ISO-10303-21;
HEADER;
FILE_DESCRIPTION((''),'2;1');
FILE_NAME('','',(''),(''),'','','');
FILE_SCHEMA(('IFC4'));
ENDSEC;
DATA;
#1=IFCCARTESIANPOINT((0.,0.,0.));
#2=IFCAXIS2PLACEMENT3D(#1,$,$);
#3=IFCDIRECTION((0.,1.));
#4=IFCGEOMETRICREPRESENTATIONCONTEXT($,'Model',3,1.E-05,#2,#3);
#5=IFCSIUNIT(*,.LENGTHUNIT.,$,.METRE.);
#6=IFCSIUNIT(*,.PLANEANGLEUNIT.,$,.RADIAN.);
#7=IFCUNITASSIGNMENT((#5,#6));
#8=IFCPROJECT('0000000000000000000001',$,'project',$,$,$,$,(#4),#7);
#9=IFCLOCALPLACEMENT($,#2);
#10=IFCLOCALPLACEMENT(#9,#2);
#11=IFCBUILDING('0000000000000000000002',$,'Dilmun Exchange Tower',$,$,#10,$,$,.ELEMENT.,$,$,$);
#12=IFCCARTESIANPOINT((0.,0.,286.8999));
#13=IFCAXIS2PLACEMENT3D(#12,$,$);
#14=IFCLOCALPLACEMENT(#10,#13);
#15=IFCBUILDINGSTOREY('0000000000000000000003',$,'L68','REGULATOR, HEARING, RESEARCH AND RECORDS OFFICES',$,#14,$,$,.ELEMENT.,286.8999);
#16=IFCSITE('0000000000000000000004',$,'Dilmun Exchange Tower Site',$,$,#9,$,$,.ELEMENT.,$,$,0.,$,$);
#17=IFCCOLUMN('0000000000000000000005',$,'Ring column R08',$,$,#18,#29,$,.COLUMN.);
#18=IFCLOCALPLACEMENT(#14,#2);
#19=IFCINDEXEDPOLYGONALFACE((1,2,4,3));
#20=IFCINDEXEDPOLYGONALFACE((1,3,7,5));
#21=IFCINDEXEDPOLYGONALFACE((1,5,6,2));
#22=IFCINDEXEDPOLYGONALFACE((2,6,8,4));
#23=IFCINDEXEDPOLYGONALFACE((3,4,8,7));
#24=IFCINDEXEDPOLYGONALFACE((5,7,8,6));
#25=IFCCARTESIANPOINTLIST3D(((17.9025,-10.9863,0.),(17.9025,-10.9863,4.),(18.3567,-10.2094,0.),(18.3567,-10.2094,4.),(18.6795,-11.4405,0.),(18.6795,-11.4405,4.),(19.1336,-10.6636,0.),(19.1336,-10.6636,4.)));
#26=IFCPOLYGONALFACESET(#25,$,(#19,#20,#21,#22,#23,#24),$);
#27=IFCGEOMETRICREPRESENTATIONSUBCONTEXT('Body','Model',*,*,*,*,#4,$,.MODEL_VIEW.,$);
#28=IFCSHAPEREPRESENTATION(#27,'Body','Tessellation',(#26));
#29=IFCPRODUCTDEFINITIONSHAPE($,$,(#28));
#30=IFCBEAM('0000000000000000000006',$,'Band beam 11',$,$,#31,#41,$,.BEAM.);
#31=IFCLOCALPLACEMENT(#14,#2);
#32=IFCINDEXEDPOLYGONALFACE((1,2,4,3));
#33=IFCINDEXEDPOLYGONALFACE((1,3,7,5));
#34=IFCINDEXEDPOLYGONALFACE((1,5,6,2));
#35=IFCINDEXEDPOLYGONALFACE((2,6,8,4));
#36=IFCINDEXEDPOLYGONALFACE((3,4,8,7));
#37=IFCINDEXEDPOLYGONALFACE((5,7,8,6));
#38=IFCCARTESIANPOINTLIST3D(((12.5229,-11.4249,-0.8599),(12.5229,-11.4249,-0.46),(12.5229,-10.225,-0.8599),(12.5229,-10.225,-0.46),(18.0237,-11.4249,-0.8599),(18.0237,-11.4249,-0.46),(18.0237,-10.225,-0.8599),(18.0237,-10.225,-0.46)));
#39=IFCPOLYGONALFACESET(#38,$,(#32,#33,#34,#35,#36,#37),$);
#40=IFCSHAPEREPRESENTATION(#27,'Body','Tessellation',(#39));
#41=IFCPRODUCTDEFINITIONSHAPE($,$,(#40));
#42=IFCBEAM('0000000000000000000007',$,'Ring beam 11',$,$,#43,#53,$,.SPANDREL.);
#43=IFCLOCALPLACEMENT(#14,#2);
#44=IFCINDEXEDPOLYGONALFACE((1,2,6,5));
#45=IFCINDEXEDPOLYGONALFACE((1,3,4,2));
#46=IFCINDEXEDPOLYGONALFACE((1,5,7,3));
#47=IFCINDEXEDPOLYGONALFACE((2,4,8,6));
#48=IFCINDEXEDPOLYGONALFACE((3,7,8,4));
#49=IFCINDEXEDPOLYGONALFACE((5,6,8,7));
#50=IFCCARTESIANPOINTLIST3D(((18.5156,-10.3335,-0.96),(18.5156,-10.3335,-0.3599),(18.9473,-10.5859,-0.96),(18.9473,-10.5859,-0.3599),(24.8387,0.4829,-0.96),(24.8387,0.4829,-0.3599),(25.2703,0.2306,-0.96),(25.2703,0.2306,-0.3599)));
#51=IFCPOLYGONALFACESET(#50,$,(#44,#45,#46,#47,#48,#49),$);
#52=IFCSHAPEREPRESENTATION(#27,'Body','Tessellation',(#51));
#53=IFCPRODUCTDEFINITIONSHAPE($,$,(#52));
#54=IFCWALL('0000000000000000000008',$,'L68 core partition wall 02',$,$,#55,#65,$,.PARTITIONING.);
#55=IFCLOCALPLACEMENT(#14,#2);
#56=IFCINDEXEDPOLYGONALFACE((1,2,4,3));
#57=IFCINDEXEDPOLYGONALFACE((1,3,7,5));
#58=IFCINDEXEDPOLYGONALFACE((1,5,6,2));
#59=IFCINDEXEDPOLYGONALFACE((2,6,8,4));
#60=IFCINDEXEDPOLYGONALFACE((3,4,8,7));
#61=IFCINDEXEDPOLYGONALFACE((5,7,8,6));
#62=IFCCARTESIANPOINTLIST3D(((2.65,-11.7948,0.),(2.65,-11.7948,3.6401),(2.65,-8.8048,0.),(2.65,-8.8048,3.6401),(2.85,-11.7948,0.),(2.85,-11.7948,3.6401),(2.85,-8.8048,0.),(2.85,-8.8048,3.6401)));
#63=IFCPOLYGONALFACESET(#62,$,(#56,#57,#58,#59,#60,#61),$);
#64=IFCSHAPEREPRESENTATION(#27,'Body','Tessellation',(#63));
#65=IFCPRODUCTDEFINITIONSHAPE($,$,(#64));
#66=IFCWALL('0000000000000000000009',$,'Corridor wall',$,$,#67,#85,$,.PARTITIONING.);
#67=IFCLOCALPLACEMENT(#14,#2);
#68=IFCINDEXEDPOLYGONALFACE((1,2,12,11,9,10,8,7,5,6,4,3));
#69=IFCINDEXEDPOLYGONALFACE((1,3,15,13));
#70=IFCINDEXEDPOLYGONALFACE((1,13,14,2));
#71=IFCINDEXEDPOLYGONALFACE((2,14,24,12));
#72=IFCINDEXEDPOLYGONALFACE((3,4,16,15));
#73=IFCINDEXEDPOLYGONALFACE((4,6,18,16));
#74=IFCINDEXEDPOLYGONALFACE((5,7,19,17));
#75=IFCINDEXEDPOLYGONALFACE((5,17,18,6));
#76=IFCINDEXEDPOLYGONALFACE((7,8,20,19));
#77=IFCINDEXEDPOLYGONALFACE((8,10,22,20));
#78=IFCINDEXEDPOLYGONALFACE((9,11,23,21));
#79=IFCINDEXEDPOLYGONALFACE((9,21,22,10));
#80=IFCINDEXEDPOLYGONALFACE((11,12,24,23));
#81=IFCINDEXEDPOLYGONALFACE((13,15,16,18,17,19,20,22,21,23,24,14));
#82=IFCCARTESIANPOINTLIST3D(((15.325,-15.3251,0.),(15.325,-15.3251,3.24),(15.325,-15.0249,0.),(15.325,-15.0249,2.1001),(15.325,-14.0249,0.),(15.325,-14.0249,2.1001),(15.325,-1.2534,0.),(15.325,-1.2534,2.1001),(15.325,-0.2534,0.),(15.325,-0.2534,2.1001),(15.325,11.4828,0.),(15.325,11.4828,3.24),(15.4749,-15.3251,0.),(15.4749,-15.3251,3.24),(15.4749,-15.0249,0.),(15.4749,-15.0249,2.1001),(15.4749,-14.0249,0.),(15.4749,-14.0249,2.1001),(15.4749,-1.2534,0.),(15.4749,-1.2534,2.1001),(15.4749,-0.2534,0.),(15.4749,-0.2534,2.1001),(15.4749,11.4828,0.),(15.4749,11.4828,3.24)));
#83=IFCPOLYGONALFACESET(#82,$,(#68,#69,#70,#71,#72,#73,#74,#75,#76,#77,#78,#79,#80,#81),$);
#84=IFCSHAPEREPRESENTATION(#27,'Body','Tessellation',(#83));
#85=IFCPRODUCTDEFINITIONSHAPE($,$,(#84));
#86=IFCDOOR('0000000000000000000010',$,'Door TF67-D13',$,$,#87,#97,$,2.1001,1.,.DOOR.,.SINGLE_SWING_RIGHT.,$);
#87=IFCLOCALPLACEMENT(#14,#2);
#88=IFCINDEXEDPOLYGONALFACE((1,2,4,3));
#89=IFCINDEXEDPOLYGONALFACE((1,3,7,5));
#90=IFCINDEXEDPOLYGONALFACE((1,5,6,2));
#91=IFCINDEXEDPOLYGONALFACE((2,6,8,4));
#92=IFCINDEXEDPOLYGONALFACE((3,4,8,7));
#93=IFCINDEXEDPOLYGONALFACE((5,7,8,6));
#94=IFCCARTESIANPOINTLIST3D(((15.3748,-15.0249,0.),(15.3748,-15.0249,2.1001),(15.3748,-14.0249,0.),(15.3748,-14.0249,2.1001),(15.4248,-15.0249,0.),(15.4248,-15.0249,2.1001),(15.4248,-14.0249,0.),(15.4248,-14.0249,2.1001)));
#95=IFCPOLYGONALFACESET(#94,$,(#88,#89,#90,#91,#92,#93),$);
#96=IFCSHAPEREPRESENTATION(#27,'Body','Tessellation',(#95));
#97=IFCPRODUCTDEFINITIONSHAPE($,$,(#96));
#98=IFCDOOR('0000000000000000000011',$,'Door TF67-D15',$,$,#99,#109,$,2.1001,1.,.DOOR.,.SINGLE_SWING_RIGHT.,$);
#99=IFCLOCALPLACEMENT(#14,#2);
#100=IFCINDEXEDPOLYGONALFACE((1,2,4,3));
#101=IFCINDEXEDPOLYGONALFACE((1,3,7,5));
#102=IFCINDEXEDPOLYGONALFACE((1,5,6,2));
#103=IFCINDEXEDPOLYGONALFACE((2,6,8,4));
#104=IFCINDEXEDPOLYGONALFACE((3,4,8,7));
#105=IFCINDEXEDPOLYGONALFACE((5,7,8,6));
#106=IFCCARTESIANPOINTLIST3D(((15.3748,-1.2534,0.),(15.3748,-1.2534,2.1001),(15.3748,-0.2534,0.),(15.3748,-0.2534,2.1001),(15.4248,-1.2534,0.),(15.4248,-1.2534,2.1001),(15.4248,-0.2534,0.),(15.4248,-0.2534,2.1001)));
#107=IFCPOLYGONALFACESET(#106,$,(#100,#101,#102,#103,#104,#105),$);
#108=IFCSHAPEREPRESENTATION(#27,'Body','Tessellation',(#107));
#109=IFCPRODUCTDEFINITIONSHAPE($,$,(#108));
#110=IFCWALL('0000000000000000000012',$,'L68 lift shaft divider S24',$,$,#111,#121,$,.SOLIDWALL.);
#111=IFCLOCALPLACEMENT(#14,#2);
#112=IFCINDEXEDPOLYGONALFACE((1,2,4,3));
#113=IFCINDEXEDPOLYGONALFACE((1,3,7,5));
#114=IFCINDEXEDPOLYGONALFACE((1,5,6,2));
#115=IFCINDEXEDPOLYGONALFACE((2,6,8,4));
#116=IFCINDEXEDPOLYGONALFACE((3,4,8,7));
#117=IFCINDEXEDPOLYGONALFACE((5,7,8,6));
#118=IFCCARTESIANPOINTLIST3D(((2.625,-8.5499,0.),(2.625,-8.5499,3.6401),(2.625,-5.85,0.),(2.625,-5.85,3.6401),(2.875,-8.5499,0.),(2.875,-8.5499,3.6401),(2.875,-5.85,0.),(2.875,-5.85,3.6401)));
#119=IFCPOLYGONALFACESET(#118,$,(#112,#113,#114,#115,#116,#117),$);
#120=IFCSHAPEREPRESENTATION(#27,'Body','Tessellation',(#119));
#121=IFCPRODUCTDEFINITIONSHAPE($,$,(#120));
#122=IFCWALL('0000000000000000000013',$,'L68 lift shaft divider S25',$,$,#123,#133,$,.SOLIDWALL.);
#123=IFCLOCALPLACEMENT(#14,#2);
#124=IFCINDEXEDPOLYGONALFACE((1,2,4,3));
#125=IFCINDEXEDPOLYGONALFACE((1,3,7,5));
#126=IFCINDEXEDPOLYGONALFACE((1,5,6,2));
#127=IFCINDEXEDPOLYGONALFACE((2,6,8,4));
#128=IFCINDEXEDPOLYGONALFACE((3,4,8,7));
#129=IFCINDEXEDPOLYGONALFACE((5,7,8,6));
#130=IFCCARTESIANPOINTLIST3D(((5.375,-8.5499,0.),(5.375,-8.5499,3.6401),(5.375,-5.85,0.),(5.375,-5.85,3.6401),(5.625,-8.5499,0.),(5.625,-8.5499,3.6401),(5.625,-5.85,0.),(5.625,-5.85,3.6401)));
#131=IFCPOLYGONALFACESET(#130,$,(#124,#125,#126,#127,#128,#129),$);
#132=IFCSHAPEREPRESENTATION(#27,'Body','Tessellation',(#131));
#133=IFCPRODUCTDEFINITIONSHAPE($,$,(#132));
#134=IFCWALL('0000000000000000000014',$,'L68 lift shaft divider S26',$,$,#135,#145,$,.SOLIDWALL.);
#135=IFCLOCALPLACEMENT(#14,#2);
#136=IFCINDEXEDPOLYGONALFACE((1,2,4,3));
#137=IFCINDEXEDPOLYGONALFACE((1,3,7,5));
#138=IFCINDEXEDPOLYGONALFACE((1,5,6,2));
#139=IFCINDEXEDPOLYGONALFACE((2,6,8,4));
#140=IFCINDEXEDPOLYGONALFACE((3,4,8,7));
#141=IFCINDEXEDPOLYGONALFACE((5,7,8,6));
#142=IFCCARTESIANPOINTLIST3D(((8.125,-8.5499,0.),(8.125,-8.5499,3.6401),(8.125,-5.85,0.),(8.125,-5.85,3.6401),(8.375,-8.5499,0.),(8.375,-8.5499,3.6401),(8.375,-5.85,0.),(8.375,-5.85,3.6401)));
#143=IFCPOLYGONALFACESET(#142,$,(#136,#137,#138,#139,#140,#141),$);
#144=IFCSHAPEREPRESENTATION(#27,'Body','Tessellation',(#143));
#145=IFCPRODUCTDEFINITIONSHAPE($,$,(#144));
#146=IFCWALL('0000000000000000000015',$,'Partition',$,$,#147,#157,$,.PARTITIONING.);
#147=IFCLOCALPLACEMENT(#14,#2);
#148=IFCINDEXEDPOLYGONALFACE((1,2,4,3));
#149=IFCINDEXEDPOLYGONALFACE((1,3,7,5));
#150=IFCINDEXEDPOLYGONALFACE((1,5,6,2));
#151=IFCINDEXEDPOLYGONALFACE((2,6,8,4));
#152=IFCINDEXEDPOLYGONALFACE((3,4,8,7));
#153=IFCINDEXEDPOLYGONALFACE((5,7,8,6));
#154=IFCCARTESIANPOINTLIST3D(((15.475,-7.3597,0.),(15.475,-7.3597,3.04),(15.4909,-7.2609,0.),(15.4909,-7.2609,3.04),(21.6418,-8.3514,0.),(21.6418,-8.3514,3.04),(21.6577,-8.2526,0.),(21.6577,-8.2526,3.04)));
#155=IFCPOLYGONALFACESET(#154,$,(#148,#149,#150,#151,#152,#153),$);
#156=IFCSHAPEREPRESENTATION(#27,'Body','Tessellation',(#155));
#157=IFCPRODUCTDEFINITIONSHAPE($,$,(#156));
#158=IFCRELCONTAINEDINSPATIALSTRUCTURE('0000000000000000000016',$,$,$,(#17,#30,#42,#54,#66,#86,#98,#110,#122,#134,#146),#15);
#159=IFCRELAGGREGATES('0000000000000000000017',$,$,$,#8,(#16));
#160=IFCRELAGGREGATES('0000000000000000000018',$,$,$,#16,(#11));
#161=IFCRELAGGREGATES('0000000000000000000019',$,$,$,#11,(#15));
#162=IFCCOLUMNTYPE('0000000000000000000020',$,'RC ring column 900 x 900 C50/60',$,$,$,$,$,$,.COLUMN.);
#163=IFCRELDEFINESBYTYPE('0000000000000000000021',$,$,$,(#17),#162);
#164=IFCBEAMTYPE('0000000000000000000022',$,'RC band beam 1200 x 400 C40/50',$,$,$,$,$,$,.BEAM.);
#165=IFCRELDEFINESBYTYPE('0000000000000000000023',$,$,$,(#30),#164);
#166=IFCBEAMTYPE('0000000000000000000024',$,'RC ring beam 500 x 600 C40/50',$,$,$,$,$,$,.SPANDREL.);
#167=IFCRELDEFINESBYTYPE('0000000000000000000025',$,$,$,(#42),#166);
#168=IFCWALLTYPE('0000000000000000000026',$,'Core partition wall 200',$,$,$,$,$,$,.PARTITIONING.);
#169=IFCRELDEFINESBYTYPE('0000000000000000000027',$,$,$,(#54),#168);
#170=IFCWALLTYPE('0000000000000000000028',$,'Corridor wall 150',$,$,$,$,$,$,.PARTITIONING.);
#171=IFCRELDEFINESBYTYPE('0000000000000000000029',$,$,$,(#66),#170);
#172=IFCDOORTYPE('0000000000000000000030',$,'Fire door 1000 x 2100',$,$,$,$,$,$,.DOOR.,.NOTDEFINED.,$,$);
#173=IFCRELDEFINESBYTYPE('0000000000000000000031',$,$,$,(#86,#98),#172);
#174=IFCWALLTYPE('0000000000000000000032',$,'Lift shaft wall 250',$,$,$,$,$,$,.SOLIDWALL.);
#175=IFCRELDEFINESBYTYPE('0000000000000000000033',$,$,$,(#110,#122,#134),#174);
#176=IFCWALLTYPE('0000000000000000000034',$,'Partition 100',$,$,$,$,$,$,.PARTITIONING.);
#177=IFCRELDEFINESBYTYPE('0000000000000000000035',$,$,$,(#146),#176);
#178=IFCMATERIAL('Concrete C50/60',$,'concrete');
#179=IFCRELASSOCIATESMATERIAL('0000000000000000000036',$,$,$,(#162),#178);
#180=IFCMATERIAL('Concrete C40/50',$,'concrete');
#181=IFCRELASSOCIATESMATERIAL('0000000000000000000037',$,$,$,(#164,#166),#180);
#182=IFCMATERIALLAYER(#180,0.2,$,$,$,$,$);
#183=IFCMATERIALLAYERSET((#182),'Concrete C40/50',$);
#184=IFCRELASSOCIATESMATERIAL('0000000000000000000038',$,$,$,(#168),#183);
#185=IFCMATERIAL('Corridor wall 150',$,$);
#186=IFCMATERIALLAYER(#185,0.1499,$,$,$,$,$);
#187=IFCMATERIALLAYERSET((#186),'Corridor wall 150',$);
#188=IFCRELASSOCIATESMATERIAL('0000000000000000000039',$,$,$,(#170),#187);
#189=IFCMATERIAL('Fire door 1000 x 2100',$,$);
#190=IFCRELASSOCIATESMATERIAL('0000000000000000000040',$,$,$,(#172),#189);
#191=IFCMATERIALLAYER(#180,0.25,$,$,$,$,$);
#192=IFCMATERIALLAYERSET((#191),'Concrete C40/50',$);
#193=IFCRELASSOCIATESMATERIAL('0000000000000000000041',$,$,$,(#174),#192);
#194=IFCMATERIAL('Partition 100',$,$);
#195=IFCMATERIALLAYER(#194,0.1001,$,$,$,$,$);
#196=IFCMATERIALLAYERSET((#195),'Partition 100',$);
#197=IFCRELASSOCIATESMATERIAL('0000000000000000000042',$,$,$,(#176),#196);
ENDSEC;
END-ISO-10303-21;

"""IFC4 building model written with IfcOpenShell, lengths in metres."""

from ifc_helpers import new_model, si_unit, direction, frame, frame_2d, origin, origin_2d, place, context, subcontext, project, spatial, rectangle, extrude, material, layer, layer_set, material_profile, profile_set, type_object, element, fill, save


model = new_model("IFC4")

# Units and contexts
model_context = context("Model", 3, precision=1e-05, world=origin(), true_north=direction((0.0, 1.0)))
body_context = subcontext(model_context, "Body", "Model", "MODEL_VIEW")
ifc_project = project(units=[si_unit("LENGTHUNIT", "METRE"), si_unit("PLANEANGLEUNIT", "RADIAN")], contexts=[model_context])

# Site, building, storey
site_placement = place(None, origin())
site = spatial("IfcSite", under=ifc_project, at=site_placement, Name="Dilmun Exchange Tower Site", CompositionType="ELEMENT", RefElevation=0.0)
building_placement = place(site_placement, origin())
building = spatial("IfcBuilding", under=site, at=building_placement, Name="Dilmun Exchange Tower", CompositionType="ELEMENT")
storey_placement = place(building_placement, frame((0.0, 0.0, 286.8999)))
storey = spatial("IfcBuildingStorey", under=building, at=storey_placement, Name="L68", Description="REGULATOR, HEARING, RESEARCH AND RECORDS OFFICES", CompositionType="ELEMENT", Elevation=286.8999)

# Column
ifc_material_1 = material(Name="Concrete C50/60", Category="concrete")
ifc_material_profile_1 = material_profile(ifc_material_1, rectangle(XDim=0.8999, YDim=0.8999, at=origin_2d()), Name="900 x 900")
ifc_profile_set_1 = profile_set([ifc_material_profile_1], Name="Concrete C50/60")
column_type = type_object("IfcColumnType", Name="RC ring column 900 x 900 C50/60", PredefinedType="COLUMN", material=ifc_profile_set_1)
column_placement = place(storey_placement, frame((18.5181, -10.825, 0.0), z_axis=(0.0, 0.0, 1.0), x_axis=(0.504644, 0.863328, 0.0)))
element("IfcColumn", 1, at=column_placement, inside=storey, type_object=column_type, Name="Ring column R08", PredefinedType="COLUMN", context=body_context, shape_type="SweptSolid", body=[
    extrude(rectangle(XDim=0.8999, YDim=0.8999, at=origin_2d()), origin(), (0.0, 0.0, 1.0), 4.0),
])

# Beams
ifc_material_2 = material(Name="Concrete C40/50", Category="concrete")
ifc_material_profile_2 = material_profile(ifc_material_2, rectangle(XDim=1.2, YDim=0.3999, at=origin_2d()), Name="1200 x 400")
ifc_profile_set_2 = profile_set([ifc_material_profile_2], Name="Concrete C40/50")
beam_type_1 = type_object("IfcBeamType", Name="RC band beam 1200 x 400 C40/50", PredefinedType="BEAM", material=ifc_profile_set_2)
beam_1_placement = place(storey_placement, frame((18.0237, -10.825, -0.6599), z_axis=(-1.0, 0.0, 0.0), x_axis=(0.0, -1.0, 0.0)))
element("IfcBeam", 2, at=beam_1_placement, inside=storey, type_object=beam_type_1, Name="Band beam 11", PredefinedType="BEAM", context=body_context, shape_type="SweptSolid", body=[
    extrude(rectangle(XDim=1.2, YDim=0.3999, at=origin_2d()), origin(), (0.0, 0.0, 1.0), 5.5007),
])
ifc_material_profile_3 = material_profile(ifc_material_2, rectangle(XDim=0.5, YDim=0.6001, at=origin_2d()), Name="500 x 600")
ifc_profile_set_3 = profile_set([ifc_material_profile_3], Name="Concrete C40/50")
beam_type_2 = type_object("IfcBeamType", Name="RC ring beam 500 x 600 C40/50", PredefinedType="SPANDREL", material=ifc_profile_set_3)
beam_2_placement = place(storey_placement, frame((18.7314, -10.4597, -0.6599), z_axis=(0.50467, 0.863312, 0.0), x_axis=(-0.863312, 0.50467, 0.0)))
element("IfcBeam", 3, at=beam_2_placement, inside=storey, type_object=beam_type_2, Name="Ring beam 11", PredefinedType="SPANDREL", context=body_context, shape_type="SweptSolid", body=[
    extrude(rectangle(XDim=0.5, YDim=0.6001, at=origin_2d()), origin(), (0.0, 0.0, 1.0), 12.5291),
])

# Wall
ifc_layer_1 = layer(ifc_material_2, 0.2)
ifc_layer_set_1 = layer_set([ifc_layer_1], Name="Concrete C40/50")
wall_type_1 = type_object("IfcWallType", Name="Core partition wall 200", PredefinedType="PARTITIONING", material=ifc_layer_set_1)
wall_1_placement = place(storey_placement, frame((2.75, -11.7949, 0.0), z_axis=(0.0, 0.0, 1.0), x_axis=(0.0, 1.0, 0.0)))
element("IfcWall", 4, at=wall_1_placement, inside=storey, type_object=wall_type_1, Name="L68 core partition wall 02", PredefinedType="PARTITIONING", context=body_context, shape_type="SweptSolid", body=[
    extrude(rectangle(XDim=2.99, YDim=0.2, at=frame_2d((1.4951, 0.0))), origin(), (0.0, 0.0, 1.0), 3.6401),
])

# Wall, openings, doors
ifc_material_3 = material(Name="Corridor wall 150")
ifc_layer_2 = layer(ifc_material_3, 0.1499)
ifc_layer_set_2 = layer_set([ifc_layer_2], Name="Corridor wall 150")
wall_type_2 = type_object("IfcWallType", Name="Corridor wall 150", PredefinedType="PARTITIONING", material=ifc_layer_set_2)
wall_2_placement = place(storey_placement, frame((15.3999, -15.325, 0.0), z_axis=(0.0, 0.0, 1.0), x_axis=(0.0, 1.0, 0.0)))
wall_2 = element("IfcWall", 5, at=wall_2_placement, inside=storey, type_object=wall_type_2, Name="Corridor wall", PredefinedType="PARTITIONING", context=body_context, shape_type="SweptSolid", body=[
    extrude(rectangle(XDim=26.8079, YDim=0.1499, at=frame_2d((13.4038, 0.0))), origin(), (0.0, 0.0, 1.0), 3.24),
])
opening_1_placement = place(wall_2_placement, frame((0.3, 0.0, 0.0)))
opening_1 = element("IfcOpeningElement", 6, at=opening_1_placement, cuts=wall_2, PredefinedType="OPENING", context=body_context, shape_type="SweptSolid", body=[
    extrude(rectangle(XDim=1.0, YDim=2.1001, at=frame_2d((0.5, 1.05))), frame((0.0, 0.085, 0.0), z_axis=(0.0, -1.0, 0.0), x_axis=(1.0, 0.0, 0.0)), (0.0, 0.0, 1.0), 0.1699),
])
opening_2_placement = place(wall_2_placement, frame((14.0715, 0.0, 0.0)))
opening_2 = element("IfcOpeningElement", 7, at=opening_2_placement, cuts=wall_2, PredefinedType="OPENING", context=body_context, shape_type="SweptSolid", body=[
    extrude(rectangle(XDim=1.0, YDim=2.1001, at=frame_2d((0.5, 1.05))), frame((0.0, 0.085, 0.0), z_axis=(0.0, -1.0, 0.0), x_axis=(1.0, 0.0, 0.0)), (0.0, 0.0, 1.0), 0.1699),
])
ifc_material_4 = material(Name="Fire door 1000 x 2100")
door_type_1 = type_object("IfcDoorType", Name="Fire door 1000 x 2100", OperationType="NOTDEFINED", PredefinedType="DOOR", material=ifc_material_4)
door_1_placement = place(opening_1_placement, frame((1.0, 0.0, 0.0), z_axis=(0.0, 0.0, 1.0), x_axis=(-1.0, 0.0, 0.0)))
door_1 = element("IfcDoor", 8, at=door_1_placement, inside=storey, type_object=door_type_1, Name="Door TF67-D13", OperationType="SINGLE_SWING_RIGHT", OverallHeight=2.1001, OverallWidth=1.0, PredefinedType="DOOR", context=body_context, shape_type="SweptSolid", body=[
    extrude(rectangle(XDim=1.0, YDim=2.1001, at=frame_2d((0.5, 1.05))), frame((0.0, 0.0249, 0.0), z_axis=(0.0, -1.0, 0.0), x_axis=(1.0, 0.0, 0.0)), (0.0, 0.0, 1.0), 0.05),
])
fill(opening_1, door_1)
door_2_placement = place(opening_2_placement, frame((1.0, 0.0, 0.0), z_axis=(0.0, 0.0, 1.0), x_axis=(-1.0, 0.0, 0.0)))
door_2 = element("IfcDoor", 9, at=door_2_placement, inside=storey, type_object=door_type_1, Name="Door TF67-D15", OperationType="SINGLE_SWING_RIGHT", OverallHeight=2.1001, OverallWidth=1.0, PredefinedType="DOOR", context=body_context, shape_type="SweptSolid", body=[
    extrude(rectangle(XDim=1.0, YDim=2.1001, at=frame_2d((0.5, 1.05))), frame((0.0, 0.0249, 0.0), z_axis=(0.0, -1.0, 0.0), x_axis=(1.0, 0.0, 0.0)), (0.0, 0.0, 1.0), 0.05),
])
fill(opening_2, door_2)

# Walls
ifc_layer_3 = layer(ifc_material_2, 0.25)
ifc_layer_set_3 = layer_set([ifc_layer_3], Name="Concrete C40/50")
wall_type_3 = type_object("IfcWallType", Name="Lift shaft wall 250", PredefinedType="SOLIDWALL", material=ifc_layer_set_3)
for number, where, z_axis, x_axis, name in (
    (10, (2.75, -8.55, 0.0), (0.0, 0.0, 1.0), (0.0, 1.0, 0.0), "L68 lift shaft divider S24"),
    (11, (5.5, -8.55, 0.0), (0.0, 0.0, 1.0), (0.0, 1.0, 0.0), "L68 lift shaft divider S25"),
    (12, (8.25, -8.55, 0.0), (0.0, 0.0, 1.0), (0.0, 1.0, 0.0), "L68 lift shaft divider S26"),
):
    element("IfcWall", number, at=place(storey_placement, frame(where, z_axis=z_axis, x_axis=x_axis)), inside=storey, type_object=wall_type_3, Name=name, PredefinedType="SOLIDWALL", context=body_context, shape_type="SweptSolid", body=[
        extrude(rectangle(XDim=2.7, YDim=0.25, at=frame_2d((1.3501, 0.0))), origin(), (0.0, 0.0, 1.0), 3.6401),
    ])
ifc_material_5 = material(Name="Partition 100")
ifc_layer_4 = layer(ifc_material_5, 0.1001)
ifc_layer_set_4 = layer_set([ifc_layer_4], Name="Partition 100")
wall_type_4 = type_object("IfcWallType", Name="Partition 100", PredefinedType="PARTITIONING", material=ifc_layer_set_4)
wall_3_placement = place(storey_placement, frame((15.4829, -7.3103, 0.0), z_axis=(0.0, 0.0, 1.0), x_axis=(0.987315, -0.158774, 0.0)))
element("IfcWall", 13, at=wall_3_placement, inside=storey, type_object=wall_type_4, Name="Partition", PredefinedType="PARTITIONING", context=body_context, shape_type="SweptSolid", body=[
    extrude(rectangle(XDim=6.2461, YDim=0.1001, at=frame_2d((3.123, 0.0))), origin(), (0.0, 0.0, 1.0), 3.04),
])

save(model, "model.ifc")
